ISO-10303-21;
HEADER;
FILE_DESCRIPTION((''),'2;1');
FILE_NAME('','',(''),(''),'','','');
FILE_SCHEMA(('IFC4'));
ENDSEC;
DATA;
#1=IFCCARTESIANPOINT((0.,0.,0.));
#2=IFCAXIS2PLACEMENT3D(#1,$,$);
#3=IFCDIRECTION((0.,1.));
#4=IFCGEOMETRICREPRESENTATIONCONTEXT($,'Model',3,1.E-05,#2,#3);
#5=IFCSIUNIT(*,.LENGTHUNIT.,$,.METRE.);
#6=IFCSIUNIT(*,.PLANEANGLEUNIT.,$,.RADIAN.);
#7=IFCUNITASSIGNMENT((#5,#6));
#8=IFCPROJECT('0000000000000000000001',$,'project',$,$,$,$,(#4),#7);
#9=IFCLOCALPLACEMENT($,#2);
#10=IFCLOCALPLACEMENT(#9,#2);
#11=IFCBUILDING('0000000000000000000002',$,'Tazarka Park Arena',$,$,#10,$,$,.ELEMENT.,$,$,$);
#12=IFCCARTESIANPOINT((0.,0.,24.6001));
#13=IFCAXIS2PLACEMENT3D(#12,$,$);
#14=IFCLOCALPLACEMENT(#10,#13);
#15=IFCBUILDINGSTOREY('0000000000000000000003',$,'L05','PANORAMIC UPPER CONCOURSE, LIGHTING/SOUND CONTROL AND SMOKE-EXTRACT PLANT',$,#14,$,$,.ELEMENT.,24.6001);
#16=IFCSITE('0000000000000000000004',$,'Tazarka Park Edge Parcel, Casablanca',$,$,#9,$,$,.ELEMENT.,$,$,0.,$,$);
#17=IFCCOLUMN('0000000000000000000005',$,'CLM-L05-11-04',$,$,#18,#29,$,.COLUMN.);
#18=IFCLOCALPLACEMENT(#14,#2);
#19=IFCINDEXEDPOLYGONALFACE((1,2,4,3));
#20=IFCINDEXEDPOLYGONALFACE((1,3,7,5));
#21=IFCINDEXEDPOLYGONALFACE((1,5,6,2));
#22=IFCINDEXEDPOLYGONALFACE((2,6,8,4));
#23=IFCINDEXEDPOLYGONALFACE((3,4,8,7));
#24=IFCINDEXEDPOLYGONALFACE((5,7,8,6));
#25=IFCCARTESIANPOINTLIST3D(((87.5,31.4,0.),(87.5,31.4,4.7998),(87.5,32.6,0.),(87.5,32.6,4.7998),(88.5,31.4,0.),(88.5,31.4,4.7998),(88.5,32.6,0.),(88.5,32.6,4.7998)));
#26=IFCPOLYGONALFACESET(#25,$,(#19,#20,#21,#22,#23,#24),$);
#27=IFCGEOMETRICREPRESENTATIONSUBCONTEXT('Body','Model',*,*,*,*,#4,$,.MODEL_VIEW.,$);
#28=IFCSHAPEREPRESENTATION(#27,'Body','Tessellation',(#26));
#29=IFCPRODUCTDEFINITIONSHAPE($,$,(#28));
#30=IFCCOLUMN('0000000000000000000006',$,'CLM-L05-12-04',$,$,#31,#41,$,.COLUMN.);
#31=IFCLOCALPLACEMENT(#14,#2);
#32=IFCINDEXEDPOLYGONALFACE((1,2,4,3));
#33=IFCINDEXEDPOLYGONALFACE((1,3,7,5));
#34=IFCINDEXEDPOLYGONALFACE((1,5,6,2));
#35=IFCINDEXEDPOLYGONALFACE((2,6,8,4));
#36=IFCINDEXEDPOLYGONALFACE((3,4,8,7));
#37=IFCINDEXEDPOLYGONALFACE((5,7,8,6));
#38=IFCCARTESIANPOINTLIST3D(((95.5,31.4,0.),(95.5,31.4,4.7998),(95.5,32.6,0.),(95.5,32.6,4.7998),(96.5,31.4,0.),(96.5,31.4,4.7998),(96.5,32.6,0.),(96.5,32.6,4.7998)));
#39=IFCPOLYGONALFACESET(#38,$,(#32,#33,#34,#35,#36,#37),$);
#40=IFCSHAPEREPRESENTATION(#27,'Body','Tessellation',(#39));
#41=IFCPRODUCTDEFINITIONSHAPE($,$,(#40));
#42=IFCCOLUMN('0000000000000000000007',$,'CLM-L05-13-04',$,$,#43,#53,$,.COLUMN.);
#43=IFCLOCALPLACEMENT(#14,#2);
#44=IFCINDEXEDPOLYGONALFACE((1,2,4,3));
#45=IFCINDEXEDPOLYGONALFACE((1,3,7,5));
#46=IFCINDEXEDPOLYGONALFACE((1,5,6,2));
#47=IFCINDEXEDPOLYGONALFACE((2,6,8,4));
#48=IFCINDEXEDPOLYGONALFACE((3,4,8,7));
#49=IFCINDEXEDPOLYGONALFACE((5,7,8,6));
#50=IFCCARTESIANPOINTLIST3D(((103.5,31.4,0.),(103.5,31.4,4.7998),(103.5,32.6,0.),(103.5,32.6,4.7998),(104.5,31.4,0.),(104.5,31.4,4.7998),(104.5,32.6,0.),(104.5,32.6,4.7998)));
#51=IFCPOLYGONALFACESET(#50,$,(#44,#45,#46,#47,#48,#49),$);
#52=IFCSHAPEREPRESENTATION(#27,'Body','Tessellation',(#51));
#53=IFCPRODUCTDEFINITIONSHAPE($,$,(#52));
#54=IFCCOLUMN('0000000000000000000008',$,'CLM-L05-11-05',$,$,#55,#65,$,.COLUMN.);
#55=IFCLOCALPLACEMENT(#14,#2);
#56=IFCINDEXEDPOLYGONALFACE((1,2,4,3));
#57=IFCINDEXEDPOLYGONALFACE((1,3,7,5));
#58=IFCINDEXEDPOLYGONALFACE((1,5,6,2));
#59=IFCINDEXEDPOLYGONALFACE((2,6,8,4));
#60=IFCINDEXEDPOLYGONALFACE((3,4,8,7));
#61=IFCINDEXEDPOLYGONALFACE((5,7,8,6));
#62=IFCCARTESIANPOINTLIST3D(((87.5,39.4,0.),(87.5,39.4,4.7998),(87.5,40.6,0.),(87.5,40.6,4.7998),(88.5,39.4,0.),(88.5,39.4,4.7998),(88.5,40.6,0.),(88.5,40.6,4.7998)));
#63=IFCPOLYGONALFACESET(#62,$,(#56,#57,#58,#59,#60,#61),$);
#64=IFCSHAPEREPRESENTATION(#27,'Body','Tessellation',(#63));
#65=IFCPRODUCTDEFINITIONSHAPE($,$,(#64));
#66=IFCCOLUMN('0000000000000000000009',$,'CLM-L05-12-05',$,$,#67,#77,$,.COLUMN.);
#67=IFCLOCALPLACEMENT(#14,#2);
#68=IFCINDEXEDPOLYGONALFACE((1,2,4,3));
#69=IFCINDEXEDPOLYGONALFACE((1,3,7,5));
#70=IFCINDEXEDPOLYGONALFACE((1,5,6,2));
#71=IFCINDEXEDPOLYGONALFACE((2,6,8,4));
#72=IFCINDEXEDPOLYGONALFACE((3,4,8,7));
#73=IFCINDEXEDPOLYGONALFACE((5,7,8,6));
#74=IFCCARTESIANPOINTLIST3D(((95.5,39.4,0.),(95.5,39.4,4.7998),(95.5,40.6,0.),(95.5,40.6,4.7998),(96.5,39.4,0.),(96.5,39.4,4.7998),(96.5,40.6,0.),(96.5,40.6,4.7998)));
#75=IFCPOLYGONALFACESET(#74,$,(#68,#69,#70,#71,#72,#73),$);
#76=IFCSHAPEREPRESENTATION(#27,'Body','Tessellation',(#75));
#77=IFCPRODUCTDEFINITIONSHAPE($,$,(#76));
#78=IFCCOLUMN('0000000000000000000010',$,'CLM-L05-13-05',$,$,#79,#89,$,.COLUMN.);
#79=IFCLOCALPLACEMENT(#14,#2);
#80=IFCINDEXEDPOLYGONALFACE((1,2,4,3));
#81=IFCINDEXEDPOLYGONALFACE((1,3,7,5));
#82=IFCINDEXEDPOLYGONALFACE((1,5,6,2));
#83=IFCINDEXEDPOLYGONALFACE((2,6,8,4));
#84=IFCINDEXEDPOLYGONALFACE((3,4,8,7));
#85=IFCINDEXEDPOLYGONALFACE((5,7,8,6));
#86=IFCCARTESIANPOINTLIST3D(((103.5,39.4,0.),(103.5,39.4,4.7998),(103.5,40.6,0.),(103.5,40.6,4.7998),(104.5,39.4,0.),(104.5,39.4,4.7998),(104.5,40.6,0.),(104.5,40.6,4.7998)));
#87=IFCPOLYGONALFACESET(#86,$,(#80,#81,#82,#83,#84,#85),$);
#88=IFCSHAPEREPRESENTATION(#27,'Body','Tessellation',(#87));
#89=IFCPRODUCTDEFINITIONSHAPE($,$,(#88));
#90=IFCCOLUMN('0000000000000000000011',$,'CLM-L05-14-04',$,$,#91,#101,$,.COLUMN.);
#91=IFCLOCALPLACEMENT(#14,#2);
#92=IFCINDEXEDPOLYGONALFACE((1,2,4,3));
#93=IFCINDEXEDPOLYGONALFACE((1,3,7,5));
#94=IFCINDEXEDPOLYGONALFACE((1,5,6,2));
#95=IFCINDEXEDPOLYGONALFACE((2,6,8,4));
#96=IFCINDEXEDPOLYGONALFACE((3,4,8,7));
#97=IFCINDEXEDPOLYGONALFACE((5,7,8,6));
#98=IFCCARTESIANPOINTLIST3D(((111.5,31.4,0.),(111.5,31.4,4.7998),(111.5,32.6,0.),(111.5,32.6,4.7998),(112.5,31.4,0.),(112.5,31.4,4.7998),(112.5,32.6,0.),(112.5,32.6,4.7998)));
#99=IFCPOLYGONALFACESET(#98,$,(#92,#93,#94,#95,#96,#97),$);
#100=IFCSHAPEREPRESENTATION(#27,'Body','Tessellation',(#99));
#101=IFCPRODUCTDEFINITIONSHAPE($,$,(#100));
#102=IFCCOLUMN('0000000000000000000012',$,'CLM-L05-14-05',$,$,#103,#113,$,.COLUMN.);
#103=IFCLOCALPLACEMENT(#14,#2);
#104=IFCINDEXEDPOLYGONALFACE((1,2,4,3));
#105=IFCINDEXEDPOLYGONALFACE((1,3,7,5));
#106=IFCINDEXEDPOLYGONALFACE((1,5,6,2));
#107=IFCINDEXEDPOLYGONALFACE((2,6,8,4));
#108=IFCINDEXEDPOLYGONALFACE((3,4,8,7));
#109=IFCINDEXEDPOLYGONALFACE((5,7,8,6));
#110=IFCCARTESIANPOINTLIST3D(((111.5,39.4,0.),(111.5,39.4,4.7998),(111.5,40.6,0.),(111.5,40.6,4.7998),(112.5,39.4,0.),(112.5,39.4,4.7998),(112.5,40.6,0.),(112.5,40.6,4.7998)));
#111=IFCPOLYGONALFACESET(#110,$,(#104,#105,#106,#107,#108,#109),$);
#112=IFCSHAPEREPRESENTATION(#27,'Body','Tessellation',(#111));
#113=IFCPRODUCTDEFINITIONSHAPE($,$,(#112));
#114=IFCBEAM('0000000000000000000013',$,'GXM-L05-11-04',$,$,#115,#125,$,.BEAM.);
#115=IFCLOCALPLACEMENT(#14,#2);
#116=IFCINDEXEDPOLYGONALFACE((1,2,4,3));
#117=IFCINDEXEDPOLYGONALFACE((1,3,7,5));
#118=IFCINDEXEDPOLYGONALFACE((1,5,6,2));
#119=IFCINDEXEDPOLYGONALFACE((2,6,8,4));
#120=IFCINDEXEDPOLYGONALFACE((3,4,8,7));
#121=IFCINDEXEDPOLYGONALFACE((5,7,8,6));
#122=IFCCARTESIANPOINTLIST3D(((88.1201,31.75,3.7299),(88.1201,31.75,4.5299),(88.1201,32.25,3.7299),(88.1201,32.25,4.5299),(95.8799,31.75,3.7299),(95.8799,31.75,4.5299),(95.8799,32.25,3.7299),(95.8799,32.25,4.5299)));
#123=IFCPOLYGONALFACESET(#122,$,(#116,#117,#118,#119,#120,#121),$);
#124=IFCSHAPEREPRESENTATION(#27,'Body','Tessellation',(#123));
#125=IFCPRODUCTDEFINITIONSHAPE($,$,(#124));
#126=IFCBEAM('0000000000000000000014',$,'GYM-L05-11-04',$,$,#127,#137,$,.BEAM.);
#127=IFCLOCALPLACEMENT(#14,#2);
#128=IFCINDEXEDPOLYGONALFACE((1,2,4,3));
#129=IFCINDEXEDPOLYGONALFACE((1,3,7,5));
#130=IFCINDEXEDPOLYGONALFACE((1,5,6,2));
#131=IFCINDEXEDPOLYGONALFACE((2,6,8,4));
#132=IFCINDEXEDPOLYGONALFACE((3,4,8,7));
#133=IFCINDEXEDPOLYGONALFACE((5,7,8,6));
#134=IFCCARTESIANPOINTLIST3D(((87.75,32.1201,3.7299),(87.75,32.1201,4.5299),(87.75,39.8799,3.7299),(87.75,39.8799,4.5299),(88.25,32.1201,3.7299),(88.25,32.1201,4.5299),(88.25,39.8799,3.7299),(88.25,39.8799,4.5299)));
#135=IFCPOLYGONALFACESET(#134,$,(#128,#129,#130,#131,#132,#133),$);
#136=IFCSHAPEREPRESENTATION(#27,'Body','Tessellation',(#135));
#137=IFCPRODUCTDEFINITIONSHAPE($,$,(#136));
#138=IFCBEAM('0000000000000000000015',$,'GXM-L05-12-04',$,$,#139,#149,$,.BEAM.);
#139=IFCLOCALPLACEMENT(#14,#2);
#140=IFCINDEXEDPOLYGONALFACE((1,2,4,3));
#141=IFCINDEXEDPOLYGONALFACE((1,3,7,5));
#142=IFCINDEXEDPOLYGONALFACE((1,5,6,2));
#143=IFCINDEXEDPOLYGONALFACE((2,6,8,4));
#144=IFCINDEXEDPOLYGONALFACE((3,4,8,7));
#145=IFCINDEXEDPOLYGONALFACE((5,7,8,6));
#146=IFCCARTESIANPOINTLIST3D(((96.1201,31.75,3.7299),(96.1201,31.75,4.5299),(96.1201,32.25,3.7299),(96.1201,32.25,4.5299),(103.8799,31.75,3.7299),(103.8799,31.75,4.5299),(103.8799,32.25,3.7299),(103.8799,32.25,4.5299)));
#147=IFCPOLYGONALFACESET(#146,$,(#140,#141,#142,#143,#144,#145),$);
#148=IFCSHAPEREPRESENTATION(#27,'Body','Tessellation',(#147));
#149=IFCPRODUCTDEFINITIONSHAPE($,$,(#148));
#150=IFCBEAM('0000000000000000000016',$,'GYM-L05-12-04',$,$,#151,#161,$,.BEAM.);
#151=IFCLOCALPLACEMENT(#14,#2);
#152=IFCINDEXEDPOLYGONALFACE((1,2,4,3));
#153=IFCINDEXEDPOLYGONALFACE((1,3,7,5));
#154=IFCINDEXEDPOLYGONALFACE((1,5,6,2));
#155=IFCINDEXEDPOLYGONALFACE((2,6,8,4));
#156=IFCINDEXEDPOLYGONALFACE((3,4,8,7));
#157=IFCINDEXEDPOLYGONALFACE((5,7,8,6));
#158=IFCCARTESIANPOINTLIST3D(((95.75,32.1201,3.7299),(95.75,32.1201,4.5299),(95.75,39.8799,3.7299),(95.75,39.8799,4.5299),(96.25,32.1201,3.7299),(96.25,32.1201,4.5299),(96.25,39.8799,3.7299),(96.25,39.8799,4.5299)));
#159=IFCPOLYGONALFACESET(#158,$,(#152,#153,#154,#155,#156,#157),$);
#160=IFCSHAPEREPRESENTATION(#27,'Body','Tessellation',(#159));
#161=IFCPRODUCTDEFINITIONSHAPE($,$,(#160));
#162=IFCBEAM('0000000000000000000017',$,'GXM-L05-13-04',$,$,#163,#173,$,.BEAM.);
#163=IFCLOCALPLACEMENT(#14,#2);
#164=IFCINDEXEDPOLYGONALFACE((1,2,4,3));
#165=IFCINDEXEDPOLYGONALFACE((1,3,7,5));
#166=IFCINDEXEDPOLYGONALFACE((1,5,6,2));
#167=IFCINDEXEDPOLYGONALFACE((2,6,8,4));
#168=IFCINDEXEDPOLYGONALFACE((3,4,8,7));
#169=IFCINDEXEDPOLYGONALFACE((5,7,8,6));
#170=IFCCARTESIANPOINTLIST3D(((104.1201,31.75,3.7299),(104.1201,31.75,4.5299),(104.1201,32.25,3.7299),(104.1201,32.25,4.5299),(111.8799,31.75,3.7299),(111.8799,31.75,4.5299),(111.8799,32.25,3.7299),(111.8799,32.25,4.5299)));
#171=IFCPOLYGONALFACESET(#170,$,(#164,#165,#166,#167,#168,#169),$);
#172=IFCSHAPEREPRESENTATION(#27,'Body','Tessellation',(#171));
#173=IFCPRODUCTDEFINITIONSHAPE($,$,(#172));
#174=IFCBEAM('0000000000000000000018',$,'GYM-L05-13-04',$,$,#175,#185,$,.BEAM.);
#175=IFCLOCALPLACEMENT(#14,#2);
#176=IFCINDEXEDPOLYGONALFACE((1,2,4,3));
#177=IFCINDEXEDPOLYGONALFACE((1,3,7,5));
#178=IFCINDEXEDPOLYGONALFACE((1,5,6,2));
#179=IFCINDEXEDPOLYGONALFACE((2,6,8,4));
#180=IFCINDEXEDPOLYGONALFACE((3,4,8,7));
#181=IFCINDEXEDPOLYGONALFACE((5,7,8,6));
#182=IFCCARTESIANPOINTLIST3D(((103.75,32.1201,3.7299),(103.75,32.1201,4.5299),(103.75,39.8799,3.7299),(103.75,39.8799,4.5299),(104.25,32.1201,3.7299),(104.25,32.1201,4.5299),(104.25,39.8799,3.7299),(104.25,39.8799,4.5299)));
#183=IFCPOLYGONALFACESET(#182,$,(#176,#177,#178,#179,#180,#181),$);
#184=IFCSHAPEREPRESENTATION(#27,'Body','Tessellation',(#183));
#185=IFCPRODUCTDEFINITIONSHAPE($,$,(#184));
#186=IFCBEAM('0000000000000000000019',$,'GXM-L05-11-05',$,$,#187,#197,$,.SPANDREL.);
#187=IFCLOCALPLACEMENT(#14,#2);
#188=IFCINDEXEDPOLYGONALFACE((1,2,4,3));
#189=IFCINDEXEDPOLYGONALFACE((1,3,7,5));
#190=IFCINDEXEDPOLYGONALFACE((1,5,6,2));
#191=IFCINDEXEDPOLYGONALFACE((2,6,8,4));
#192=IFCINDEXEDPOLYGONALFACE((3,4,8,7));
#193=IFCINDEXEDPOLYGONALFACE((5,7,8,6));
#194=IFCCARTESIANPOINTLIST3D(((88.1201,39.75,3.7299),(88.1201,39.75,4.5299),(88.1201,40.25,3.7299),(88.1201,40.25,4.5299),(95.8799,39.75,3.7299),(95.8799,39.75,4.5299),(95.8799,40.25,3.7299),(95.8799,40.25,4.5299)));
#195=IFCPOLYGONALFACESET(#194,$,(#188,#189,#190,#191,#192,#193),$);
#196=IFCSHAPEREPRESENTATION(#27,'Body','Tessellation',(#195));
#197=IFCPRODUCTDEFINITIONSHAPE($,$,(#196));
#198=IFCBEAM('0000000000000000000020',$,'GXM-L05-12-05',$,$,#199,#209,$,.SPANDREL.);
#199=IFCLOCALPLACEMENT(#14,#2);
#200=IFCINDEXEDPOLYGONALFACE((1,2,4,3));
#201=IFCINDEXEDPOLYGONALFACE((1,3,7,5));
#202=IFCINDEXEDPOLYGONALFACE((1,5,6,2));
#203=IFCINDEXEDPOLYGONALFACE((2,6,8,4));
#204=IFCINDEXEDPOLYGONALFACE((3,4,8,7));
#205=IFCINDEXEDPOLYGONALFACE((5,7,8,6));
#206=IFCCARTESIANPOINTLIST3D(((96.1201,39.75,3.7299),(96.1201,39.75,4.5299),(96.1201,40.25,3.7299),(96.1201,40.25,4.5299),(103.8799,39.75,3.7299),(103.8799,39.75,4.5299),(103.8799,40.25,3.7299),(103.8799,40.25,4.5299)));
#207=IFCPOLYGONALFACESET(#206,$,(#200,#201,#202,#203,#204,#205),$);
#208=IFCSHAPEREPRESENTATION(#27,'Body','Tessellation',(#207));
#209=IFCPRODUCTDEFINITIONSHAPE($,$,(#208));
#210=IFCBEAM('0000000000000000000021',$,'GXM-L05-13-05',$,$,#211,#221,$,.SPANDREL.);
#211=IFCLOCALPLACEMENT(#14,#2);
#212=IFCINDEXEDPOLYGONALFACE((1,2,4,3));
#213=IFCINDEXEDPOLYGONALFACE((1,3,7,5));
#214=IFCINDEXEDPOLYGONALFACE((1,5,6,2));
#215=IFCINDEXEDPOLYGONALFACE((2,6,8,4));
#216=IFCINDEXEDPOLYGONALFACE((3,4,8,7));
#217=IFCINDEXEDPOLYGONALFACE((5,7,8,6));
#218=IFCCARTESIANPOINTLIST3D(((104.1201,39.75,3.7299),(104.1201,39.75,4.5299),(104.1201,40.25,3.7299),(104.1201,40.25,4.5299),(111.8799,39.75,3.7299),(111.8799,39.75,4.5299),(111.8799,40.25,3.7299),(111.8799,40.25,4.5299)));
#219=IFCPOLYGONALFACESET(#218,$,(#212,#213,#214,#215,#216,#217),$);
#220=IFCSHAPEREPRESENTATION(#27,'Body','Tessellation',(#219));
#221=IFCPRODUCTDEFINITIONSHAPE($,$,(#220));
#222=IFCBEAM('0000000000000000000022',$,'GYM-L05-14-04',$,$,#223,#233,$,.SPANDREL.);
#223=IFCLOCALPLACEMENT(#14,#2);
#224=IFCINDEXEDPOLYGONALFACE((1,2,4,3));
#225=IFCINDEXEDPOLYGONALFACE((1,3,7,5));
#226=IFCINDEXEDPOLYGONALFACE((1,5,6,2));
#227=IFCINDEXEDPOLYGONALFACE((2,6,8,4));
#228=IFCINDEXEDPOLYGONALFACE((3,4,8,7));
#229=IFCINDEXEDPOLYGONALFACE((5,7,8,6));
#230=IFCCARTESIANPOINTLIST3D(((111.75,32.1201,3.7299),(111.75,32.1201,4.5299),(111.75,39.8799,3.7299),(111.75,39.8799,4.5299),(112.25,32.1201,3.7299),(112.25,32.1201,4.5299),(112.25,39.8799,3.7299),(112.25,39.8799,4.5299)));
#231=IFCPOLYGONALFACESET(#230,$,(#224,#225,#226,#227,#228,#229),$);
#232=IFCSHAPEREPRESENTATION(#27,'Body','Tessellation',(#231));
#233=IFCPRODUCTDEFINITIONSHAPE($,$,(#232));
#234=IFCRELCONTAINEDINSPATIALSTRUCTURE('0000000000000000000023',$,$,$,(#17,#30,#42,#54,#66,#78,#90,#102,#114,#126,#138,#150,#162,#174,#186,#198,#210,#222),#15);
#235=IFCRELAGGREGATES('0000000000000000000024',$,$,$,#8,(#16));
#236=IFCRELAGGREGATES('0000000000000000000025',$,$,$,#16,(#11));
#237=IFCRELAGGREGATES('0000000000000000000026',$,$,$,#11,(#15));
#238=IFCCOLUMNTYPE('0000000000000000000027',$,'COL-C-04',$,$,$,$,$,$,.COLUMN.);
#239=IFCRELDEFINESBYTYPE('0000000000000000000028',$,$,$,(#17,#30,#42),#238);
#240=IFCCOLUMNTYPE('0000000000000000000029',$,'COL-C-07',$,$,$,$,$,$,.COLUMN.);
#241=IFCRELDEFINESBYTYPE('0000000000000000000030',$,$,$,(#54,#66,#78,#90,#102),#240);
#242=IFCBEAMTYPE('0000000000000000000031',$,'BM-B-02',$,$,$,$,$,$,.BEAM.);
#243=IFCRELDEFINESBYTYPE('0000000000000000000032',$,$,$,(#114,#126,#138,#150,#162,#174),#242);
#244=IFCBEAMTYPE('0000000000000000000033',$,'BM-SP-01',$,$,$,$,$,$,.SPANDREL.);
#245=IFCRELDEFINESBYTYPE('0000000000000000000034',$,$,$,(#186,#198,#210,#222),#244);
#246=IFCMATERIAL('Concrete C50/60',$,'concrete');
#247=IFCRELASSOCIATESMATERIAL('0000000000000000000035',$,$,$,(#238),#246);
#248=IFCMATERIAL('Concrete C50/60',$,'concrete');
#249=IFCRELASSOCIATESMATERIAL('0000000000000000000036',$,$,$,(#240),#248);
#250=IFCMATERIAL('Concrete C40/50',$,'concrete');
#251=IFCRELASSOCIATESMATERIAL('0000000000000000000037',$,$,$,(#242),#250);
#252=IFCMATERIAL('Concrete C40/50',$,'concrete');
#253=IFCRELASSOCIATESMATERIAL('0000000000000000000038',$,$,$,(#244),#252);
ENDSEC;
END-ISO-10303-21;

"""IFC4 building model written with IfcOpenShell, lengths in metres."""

from ifc_helpers import new_model, si_unit, direction, frame, origin, origin_2d, place, context, subcontext, project, spatial, rectangle, extrude, material, material_profile, profile_set, type_object, element, save


model = new_model("IFC4")

# Units and contexts
model_context = context("Model", 3, precision=1e-05, world=origin(), true_north=direction((0.0, 1.0)))
body_context = subcontext(model_context, "Body", "Model", "MODEL_VIEW")
ifc_project = project(units=[si_unit("LENGTHUNIT", "METRE"), si_unit("PLANEANGLEUNIT", "RADIAN")], contexts=[model_context])

# Site, building, storey
site_placement = place(None, origin())
site = spatial("IfcSite", under=ifc_project, at=site_placement, Name="Tazarka Park Edge Parcel, Casablanca", CompositionType="ELEMENT", RefElevation=0.0)
building_placement = place(site_placement, origin())
building = spatial("IfcBuilding", under=site, at=building_placement, Name="Tazarka Park Arena", CompositionType="ELEMENT")
storey_placement = place(building_placement, frame((0.0, 0.0, 24.6001)))
storey = spatial("IfcBuildingStorey", under=building, at=storey_placement, Name="L05", Description="PANORAMIC UPPER CONCOURSE, LIGHTING/SOUND CONTROL AND SMOKE-EXTRACT PLANT", CompositionType="ELEMENT", Elevation=24.6001)

# Columns
ifc_material_1 = material(Name="Concrete C50/60", Category="concrete")
ifc_material_profile_1 = material_profile(ifc_material_1, rectangle(XDim=1.0, YDim=1.2, at=origin_2d()), Name="Concrete C50/60")
ifc_profile_set_1 = profile_set([ifc_material_profile_1], Name="Concrete C50/60")
column_type_1 = type_object("IfcColumnType", Name="COL-C-04", PredefinedType="COLUMN", material=ifc_profile_set_1)
for number, where, z_axis, x_axis, name in (
    (1, (88.0, 32.0, 0.0), (0.0, 0.0, 1.0), (1.0, 0.0, 0.0), "CLM-L05-11-04"),
    (2, (96.0, 32.0, 0.0), (0.0, 0.0, 1.0), (1.0, 0.0, 0.0), "CLM-L05-12-04"),
    (3, (104.0, 32.0, 0.0), (0.0, 0.0, 1.0), (1.0, 0.0, 0.0), "CLM-L05-13-04"),
):
    element("IfcColumn", number, at=place(storey_placement, frame(where, z_axis=z_axis, x_axis=x_axis)), inside=storey, type_object=column_type_1, Name=name, PredefinedType="COLUMN", context=body_context, shape_type="SweptSolid", body=[
        extrude(rectangle(XDim=1.0, YDim=1.2, at=origin_2d()), origin(), (0.0, 0.0, 1.0), 4.7998),
    ])
ifc_material_2 = material(Name="Concrete C50/60", Category="concrete")
ifc_material_profile_2 = material_profile(ifc_material_2, rectangle(XDim=1.0, YDim=1.2, at=origin_2d()), Name="Concrete C50/60")
ifc_profile_set_2 = profile_set([ifc_material_profile_2], Name="Concrete C50/60")
column_type_2 = type_object("IfcColumnType", Name="COL-C-07", PredefinedType="COLUMN", material=ifc_profile_set_2)
for number, where, z_axis, x_axis, name in (
    (4, (88.0, 40.0, 0.0), (0.0, 0.0, 1.0), (1.0, 0.0, 0.0), "CLM-L05-11-05"),
    (5, (96.0, 40.0, 0.0), (0.0, 0.0, 1.0), (1.0, 0.0, 0.0), "CLM-L05-12-05"),
    (6, (104.0, 40.0, 0.0), (0.0, 0.0, 1.0), (1.0, 0.0, 0.0), "CLM-L05-13-05"),
    (7, (112.0, 32.0, 0.0), (0.0, 0.0, 1.0), (1.0, 0.0, 0.0), "CLM-L05-14-04"),
    (8, (112.0, 40.0, 0.0), (0.0, 0.0, 1.0), (1.0, 0.0, 0.0), "CLM-L05-14-05"),
):
    element("IfcColumn", number, at=place(storey_placement, frame(where, z_axis=z_axis, x_axis=x_axis)), inside=storey, type_object=column_type_2, Name=name, PredefinedType="COLUMN", context=body_context, shape_type="SweptSolid", body=[
        extrude(rectangle(XDim=1.0, YDim=1.2, at=origin_2d()), origin(), (0.0, 0.0, 1.0), 4.7998),
    ])

# Beams
ifc_material_3 = material(Name="Concrete C40/50", Category="concrete")
ifc_material_profile_3 = material_profile(ifc_material_3, rectangle(XDim=0.5, YDim=0.8, at=origin_2d()), Name="Concrete C40/50")
ifc_profile_set_3 = profile_set([ifc_material_profile_3], Name="Concrete C40/50")
beam_type_1 = type_object("IfcBeamType", Name="BM-B-02", PredefinedType="BEAM", material=ifc_profile_set_3)
for number, where, z_axis, x_axis, name in (
    (9, (88.1201, 32.0, 4.1299), (1.0, 0.0, 0.0), (0.0, 1.0, 0.0), "GXM-L05-11-04"),
    (10, (88.0, 32.1201, 4.1299), (0.0, 1.0, 0.0), (-1.0, 0.0, 0.0), "GYM-L05-11-04"),
    (11, (96.1201, 32.0, 4.1299), (1.0, 0.0, 0.0), (0.0, 1.0, 0.0), "GXM-L05-12-04"),
    (12, (96.0, 32.1201, 4.1299), (0.0, 1.0, 0.0), (-1.0, 0.0, 0.0), "GYM-L05-12-04"),
    (13, (104.1201, 32.0, 4.1299), (1.0, 0.0, 0.0), (0.0, 1.0, 0.0), "GXM-L05-13-04"),
    (14, (104.0, 32.1201, 4.1299), (0.0, 1.0, 0.0), (-1.0, 0.0, 0.0), "GYM-L05-13-04"),
):
    element("IfcBeam", number, at=place(storey_placement, frame(where, z_axis=z_axis, x_axis=x_axis)), inside=storey, type_object=beam_type_1, Name=name, PredefinedType="BEAM", context=body_context, shape_type="SweptSolid", body=[
        extrude(rectangle(XDim=0.5, YDim=0.8, at=origin_2d()), origin(), (0.0, 0.0, 1.0), 7.7598),
    ])
ifc_material_4 = material(Name="Concrete C40/50", Category="concrete")
ifc_material_profile_4 = material_profile(ifc_material_4, rectangle(XDim=0.5, YDim=0.8, at=origin_2d()), Name="Concrete C40/50")
ifc_profile_set_4 = profile_set([ifc_material_profile_4], Name="Concrete C40/50")
beam_type_2 = type_object("IfcBeamType", Name="BM-SP-01", PredefinedType="SPANDREL", material=ifc_profile_set_4)
for number, where, z_axis, x_axis, name in (
    (15, (88.1201, 40.0, 4.1299), (1.0, 0.0, 0.0), (0.0, 1.0, 0.0), "GXM-L05-11-05"),
    (16, (96.1201, 40.0, 4.1299), (1.0, 0.0, 0.0), (0.0, 1.0, 0.0), "GXM-L05-12-05"),
    (17, (104.1201, 40.0, 4.1299), (1.0, 0.0, 0.0), (0.0, 1.0, 0.0), "GXM-L05-13-05"),
    (18, (112.0, 32.1201, 4.1299), (0.0, 1.0, 0.0), (-1.0, 0.0, 0.0), "GYM-L05-14-04"),
):
    element("IfcBeam", number, at=place(storey_placement, frame(where, z_axis=z_axis, x_axis=x_axis)), inside=storey, type_object=beam_type_2, Name=name, PredefinedType="SPANDREL", context=body_context, shape_type="SweptSolid", body=[
        extrude(rectangle(XDim=0.5, YDim=0.8, at=origin_2d()), origin(), (0.0, 0.0, 1.0), 7.7598),
    ])

save(model, "model.ifc")
